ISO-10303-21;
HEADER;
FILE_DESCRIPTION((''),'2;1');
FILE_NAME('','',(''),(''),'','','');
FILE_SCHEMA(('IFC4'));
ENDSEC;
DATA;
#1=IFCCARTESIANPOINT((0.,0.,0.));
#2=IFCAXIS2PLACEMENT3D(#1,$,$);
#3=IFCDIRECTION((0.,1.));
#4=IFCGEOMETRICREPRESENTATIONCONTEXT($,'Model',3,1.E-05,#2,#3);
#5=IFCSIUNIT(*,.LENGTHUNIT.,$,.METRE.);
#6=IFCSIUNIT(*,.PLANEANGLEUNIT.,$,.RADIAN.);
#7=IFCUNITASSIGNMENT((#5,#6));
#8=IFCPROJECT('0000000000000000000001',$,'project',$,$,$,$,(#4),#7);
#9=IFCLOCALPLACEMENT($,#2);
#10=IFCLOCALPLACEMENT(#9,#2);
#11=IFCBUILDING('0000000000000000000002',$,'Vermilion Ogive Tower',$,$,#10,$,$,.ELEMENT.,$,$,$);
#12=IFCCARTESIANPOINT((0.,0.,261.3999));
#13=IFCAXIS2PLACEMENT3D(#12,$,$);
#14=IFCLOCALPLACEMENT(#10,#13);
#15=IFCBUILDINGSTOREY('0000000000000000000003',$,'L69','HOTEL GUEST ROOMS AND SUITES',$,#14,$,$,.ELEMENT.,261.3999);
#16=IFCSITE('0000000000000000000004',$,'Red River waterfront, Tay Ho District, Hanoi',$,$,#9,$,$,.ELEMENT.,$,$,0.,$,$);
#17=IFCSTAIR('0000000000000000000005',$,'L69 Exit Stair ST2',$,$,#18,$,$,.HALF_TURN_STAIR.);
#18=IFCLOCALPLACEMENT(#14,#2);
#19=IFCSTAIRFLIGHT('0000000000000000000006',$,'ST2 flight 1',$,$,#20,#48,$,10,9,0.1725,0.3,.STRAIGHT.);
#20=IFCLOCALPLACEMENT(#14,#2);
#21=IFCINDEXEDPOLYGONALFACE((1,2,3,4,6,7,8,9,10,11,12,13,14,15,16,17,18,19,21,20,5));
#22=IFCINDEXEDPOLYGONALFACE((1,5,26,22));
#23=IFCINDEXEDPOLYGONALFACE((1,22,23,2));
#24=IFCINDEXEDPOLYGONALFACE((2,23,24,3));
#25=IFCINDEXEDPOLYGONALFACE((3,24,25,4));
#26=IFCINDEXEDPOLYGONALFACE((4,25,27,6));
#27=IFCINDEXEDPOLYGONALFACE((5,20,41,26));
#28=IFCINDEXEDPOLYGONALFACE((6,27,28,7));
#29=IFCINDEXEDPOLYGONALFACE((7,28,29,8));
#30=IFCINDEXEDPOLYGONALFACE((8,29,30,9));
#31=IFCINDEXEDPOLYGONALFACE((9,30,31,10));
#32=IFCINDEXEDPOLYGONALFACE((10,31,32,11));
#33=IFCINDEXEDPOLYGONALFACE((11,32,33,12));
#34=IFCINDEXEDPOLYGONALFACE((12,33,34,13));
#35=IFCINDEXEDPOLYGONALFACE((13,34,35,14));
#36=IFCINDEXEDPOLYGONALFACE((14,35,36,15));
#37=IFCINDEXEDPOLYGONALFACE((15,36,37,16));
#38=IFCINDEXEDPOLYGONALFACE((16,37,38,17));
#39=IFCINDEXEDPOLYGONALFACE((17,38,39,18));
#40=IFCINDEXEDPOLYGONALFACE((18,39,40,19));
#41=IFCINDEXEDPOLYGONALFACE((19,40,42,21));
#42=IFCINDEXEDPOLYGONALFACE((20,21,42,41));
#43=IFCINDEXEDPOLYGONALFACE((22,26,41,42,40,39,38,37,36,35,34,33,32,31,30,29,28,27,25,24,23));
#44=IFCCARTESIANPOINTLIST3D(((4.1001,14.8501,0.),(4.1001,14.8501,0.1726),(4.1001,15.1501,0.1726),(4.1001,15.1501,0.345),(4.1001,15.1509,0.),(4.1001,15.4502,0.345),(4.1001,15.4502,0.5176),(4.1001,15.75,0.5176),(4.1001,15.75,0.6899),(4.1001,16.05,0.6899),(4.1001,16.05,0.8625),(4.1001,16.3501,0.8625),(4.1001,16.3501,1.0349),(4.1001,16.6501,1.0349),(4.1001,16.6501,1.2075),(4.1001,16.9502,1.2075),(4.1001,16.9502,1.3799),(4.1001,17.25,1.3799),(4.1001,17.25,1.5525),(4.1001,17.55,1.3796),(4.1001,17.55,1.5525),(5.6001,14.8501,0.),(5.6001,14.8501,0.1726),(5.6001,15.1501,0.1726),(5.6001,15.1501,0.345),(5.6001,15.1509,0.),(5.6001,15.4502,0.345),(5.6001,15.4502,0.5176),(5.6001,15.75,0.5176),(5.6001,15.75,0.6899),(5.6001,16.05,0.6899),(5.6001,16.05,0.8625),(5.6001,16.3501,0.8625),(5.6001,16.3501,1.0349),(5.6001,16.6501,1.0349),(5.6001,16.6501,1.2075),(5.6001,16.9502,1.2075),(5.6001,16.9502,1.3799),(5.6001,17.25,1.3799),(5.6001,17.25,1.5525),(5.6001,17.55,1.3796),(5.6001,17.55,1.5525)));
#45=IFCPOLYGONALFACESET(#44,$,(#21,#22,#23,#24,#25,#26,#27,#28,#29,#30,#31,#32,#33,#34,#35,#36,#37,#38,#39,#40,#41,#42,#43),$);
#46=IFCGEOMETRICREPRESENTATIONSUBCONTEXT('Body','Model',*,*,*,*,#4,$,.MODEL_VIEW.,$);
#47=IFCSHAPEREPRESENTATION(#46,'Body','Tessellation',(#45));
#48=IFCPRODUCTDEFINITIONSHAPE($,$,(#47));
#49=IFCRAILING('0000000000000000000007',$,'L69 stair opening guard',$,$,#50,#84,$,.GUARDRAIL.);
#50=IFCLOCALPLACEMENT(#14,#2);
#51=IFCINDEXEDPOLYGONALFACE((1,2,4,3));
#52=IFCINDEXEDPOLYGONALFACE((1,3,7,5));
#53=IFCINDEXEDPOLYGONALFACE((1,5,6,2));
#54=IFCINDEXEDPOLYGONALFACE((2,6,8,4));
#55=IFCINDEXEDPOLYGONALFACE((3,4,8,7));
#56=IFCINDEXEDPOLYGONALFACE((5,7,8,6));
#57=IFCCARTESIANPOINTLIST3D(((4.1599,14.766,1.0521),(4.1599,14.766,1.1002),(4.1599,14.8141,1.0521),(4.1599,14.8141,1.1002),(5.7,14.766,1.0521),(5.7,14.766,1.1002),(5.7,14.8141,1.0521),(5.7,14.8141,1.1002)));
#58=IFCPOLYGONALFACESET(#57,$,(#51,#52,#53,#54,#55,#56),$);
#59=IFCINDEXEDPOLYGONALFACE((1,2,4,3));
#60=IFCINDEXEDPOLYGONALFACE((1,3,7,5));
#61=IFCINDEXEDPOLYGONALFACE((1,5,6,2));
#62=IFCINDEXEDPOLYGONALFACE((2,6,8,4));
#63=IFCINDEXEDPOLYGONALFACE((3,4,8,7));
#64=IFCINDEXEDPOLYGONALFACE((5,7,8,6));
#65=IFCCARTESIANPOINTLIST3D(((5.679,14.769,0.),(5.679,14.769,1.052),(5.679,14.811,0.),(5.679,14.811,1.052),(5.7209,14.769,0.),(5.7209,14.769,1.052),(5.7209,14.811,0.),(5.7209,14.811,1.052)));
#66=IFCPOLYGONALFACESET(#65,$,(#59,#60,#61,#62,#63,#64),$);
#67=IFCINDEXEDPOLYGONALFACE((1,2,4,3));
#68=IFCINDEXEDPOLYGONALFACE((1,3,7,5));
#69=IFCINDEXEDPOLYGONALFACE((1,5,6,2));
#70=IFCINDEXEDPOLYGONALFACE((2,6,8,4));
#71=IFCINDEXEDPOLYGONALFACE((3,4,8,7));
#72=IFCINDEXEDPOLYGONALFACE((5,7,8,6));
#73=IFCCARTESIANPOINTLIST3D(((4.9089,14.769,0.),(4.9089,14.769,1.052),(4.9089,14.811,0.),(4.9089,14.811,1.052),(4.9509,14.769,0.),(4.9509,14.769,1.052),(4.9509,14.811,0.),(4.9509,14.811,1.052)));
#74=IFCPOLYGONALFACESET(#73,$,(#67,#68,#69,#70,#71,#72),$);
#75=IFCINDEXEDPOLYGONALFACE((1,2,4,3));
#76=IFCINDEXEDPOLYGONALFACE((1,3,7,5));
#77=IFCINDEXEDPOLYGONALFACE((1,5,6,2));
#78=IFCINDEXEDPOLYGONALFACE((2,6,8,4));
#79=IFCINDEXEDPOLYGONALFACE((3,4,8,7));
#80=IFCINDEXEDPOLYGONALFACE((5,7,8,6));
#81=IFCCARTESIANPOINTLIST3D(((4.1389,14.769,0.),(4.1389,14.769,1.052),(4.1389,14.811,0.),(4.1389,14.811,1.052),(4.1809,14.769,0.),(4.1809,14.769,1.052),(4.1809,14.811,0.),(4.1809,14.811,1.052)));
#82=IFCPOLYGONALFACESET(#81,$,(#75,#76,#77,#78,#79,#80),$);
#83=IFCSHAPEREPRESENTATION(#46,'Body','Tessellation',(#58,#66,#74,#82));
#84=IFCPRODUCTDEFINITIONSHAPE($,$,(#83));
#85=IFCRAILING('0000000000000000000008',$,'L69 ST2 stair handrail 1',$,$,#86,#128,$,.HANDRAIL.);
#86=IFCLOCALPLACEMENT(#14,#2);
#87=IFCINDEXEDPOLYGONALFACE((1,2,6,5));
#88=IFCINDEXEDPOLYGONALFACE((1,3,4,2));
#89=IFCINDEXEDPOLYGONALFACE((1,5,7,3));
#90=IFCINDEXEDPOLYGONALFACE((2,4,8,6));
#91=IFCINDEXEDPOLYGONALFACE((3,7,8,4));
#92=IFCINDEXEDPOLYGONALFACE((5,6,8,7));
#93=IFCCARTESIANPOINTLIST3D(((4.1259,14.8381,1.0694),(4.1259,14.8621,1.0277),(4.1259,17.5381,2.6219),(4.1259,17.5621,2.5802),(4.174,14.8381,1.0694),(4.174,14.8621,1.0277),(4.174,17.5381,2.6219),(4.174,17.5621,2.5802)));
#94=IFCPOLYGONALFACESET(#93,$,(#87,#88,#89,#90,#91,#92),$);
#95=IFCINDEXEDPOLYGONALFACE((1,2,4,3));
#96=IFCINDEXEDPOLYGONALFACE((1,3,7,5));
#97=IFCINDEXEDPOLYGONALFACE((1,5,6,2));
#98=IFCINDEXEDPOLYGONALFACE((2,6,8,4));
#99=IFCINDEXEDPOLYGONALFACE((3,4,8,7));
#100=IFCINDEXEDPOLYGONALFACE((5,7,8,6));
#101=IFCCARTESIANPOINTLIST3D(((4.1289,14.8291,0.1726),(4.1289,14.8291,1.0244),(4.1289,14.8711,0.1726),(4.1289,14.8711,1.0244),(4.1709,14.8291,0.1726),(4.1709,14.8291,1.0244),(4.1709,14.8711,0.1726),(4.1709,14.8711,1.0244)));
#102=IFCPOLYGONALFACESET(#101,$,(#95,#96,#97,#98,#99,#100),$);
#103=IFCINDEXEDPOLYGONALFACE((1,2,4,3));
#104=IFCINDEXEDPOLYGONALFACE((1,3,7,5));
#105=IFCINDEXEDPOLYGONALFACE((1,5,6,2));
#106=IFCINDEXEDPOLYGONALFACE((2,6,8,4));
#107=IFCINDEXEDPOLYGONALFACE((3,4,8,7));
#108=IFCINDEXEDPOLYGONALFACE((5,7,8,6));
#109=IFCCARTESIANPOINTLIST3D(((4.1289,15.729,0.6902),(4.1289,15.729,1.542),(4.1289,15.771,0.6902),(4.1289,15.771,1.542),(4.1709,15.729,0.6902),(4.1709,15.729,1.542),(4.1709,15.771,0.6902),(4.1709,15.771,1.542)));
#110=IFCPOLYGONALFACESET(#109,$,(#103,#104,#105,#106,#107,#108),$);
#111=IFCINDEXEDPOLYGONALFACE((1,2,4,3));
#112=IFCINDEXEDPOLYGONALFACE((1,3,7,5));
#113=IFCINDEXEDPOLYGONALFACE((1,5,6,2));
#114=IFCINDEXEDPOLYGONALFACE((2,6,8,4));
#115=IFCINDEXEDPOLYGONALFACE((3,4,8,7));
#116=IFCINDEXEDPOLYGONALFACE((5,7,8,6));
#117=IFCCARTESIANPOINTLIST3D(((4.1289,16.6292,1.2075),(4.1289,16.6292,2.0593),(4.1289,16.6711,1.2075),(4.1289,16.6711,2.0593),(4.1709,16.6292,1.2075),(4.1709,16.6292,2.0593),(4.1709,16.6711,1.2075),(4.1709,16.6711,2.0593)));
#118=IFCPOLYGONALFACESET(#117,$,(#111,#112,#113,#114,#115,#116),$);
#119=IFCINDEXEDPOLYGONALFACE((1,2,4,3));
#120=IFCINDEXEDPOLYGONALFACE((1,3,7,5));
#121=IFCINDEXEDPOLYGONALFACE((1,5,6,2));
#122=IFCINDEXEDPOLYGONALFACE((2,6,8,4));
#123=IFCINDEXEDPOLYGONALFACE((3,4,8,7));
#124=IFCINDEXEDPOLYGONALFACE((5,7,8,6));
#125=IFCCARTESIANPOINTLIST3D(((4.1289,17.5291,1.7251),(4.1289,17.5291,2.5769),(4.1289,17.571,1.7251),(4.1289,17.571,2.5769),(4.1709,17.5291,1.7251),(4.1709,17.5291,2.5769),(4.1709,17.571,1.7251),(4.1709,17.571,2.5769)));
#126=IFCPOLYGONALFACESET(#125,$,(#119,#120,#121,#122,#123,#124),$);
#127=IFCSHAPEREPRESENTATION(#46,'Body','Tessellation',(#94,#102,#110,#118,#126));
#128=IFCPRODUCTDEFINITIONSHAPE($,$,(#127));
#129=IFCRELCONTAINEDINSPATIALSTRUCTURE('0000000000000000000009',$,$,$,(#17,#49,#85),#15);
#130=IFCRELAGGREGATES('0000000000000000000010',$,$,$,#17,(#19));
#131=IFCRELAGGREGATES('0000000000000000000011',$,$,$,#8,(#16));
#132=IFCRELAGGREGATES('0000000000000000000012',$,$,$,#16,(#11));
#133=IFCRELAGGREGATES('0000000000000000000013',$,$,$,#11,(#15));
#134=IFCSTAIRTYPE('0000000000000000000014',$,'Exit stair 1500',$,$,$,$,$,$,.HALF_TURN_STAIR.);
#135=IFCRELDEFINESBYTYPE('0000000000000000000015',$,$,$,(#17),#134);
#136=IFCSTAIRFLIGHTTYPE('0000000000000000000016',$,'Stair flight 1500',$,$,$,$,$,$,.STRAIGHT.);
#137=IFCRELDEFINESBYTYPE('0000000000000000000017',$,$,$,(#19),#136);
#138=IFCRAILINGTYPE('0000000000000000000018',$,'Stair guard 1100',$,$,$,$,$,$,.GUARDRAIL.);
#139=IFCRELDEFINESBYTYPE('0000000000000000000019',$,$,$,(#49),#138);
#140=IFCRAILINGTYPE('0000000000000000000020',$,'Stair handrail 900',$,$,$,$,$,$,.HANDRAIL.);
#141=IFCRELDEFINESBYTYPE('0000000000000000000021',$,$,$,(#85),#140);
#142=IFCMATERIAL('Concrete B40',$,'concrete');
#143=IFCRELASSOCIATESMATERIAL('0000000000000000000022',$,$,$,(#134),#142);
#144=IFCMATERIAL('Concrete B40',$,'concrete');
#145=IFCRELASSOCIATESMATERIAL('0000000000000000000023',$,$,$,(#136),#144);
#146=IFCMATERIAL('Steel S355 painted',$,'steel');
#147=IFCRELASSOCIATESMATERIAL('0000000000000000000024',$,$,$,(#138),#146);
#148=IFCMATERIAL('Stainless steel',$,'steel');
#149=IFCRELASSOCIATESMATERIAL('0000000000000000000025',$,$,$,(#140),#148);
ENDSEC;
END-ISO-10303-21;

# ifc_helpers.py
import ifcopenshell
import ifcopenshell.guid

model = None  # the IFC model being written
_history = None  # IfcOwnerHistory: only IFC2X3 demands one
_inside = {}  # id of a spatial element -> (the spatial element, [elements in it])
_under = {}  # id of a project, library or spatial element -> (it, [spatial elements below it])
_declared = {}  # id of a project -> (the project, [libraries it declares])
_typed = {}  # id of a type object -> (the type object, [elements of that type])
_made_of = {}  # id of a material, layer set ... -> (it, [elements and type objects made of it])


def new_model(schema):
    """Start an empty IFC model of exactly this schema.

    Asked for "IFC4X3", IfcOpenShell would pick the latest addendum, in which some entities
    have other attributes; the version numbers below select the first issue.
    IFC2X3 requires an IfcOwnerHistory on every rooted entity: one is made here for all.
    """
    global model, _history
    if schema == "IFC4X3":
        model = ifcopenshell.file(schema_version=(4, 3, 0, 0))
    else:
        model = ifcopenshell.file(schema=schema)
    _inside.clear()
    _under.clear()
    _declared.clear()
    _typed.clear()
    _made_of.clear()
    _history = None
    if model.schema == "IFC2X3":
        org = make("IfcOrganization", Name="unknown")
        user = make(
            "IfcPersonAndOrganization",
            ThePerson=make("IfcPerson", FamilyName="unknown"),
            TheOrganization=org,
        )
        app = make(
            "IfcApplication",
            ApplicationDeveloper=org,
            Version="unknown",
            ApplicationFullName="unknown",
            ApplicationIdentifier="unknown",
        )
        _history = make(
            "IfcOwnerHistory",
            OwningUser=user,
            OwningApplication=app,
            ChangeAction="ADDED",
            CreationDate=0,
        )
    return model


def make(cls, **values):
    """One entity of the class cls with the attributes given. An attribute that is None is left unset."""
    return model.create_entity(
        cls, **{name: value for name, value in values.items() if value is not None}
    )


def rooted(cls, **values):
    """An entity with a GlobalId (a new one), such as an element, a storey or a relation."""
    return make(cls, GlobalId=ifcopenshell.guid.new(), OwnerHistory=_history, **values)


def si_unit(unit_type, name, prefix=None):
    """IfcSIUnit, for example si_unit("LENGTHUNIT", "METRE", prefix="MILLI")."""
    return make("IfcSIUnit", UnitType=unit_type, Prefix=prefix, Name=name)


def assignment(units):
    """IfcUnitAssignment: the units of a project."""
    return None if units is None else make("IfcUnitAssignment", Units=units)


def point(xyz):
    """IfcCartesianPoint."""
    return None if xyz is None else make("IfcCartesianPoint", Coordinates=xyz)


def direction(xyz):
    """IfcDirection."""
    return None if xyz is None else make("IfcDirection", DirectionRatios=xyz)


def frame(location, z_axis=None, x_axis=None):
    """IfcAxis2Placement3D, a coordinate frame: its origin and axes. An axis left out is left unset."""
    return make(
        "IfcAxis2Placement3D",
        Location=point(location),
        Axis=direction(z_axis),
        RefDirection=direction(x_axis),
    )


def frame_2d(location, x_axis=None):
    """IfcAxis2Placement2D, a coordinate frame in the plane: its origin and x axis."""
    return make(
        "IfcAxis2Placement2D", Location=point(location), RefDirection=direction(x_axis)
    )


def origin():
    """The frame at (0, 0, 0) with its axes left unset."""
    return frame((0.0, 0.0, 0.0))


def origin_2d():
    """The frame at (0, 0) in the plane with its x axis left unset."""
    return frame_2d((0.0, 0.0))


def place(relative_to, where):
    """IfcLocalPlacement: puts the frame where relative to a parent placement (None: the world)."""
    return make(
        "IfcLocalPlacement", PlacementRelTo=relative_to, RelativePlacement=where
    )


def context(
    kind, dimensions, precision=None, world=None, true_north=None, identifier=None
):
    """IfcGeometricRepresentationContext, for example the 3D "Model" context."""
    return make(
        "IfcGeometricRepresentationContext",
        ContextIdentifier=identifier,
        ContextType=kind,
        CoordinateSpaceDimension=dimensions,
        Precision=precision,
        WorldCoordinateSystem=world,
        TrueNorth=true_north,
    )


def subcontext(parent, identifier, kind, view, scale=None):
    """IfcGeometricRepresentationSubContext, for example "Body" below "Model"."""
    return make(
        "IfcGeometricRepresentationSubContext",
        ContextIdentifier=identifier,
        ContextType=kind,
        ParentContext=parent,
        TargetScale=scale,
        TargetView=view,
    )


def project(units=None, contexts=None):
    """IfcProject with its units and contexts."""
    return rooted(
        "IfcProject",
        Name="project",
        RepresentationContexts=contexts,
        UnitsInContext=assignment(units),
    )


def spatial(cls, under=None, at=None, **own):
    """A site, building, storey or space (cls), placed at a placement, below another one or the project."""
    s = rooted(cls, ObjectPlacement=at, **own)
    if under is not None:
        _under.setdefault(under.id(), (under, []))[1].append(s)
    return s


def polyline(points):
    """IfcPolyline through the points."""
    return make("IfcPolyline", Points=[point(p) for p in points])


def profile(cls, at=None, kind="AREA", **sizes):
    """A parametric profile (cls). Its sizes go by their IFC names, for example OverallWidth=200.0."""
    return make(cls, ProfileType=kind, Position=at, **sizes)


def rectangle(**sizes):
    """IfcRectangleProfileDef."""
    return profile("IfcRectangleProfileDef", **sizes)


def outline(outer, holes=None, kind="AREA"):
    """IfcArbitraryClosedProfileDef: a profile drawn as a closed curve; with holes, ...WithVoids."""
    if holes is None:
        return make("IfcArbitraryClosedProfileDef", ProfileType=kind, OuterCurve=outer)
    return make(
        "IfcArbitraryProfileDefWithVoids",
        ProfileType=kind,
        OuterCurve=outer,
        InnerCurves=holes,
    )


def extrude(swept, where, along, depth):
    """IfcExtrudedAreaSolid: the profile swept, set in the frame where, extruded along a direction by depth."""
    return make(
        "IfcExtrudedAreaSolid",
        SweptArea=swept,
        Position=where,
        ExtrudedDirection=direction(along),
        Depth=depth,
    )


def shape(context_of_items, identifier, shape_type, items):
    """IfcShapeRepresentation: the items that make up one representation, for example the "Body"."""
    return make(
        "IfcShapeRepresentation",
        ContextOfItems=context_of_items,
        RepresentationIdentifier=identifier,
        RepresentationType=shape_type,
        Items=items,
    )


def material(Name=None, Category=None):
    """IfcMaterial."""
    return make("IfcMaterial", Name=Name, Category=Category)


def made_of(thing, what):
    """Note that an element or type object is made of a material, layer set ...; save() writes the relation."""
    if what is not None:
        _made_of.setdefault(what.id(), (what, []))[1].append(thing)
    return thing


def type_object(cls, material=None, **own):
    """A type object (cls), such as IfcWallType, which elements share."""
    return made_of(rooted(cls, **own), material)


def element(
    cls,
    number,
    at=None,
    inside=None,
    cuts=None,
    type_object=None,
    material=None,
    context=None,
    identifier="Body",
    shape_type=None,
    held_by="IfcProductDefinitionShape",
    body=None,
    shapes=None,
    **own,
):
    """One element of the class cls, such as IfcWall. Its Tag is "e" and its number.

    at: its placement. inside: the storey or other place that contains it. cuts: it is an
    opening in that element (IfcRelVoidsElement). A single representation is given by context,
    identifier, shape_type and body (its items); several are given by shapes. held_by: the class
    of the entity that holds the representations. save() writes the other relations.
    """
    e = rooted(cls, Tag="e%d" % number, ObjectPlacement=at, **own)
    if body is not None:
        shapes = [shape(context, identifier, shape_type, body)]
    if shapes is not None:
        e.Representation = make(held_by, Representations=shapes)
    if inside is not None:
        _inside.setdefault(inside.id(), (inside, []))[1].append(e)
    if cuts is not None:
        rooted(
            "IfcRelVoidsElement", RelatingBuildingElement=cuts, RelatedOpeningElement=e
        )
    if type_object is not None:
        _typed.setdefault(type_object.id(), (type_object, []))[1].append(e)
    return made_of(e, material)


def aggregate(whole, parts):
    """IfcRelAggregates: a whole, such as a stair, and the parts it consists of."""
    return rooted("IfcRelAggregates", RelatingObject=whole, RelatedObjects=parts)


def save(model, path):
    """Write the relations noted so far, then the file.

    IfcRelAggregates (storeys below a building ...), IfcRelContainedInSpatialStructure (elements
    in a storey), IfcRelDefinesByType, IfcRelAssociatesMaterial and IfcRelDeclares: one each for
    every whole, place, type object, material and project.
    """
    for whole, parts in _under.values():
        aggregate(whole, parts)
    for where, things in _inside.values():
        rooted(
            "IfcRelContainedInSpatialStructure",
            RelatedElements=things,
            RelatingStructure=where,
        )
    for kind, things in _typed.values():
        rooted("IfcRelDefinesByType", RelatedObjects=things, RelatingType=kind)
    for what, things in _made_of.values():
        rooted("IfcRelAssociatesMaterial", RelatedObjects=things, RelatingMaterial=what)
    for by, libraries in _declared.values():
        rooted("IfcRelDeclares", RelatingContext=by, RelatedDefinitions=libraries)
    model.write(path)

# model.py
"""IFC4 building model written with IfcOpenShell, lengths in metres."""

from ifc_helpers import new_model, si_unit, direction, frame, origin, origin_2d, place, context, subcontext, project, spatial, polyline, rectangle, outline, extrude, material, type_object, element, aggregate, save


model = new_model("IFC4")

# Units and contexts
model_context = context("Model", 3, precision=1e-05, world=origin(), true_north=direction((0.0, 1.0)))
body_context = subcontext(model_context, "Body", "Model", "MODEL_VIEW")
ifc_project = project(units=[si_unit("LENGTHUNIT", "METRE"), si_unit("PLANEANGLEUNIT", "RADIAN")], contexts=[model_context])

# Site, building, storey
site_placement = place(None, origin())
site = spatial("IfcSite", under=ifc_project, at=site_placement, Name="Red River waterfront, Tay Ho District, Hanoi", CompositionType="ELEMENT", RefElevation=0.0)
building_placement = place(site_placement, origin())
building = spatial("IfcBuilding", under=site, at=building_placement, Name="Vermilion Ogive Tower", CompositionType="ELEMENT")
storey_placement = place(building_placement, frame((0.0, 0.0, 261.3999)))
storey = spatial("IfcBuildingStorey", under=building, at=storey_placement, Name="L69", Description="HOTEL GUEST ROOMS AND SUITES", CompositionType="ELEMENT", Elevation=261.3999)

# Shared definitions
ifc_material_1 = material(Name="Concrete B40", Category="concrete")
stair_type = type_object("IfcStairType", Name="Exit stair 1500", PredefinedType="HALF_TURN_STAIR", material=ifc_material_1)

# Stair, stair flight
stair_1_placement = place(storey_placement, origin())
stair_1 = element("IfcStair", 1, at=stair_1_placement, inside=storey, type_object=stair_type, Name="L69 Exit Stair ST2", PredefinedType="HALF_TURN_STAIR")
ifc_material_2 = material(Name="Concrete B40", Category="concrete")
stair_flight_type = type_object("IfcStairFlightType", Name="Stair flight 1500", PredefinedType="STRAIGHT", material=ifc_material_2)
stair_flight_placement = place(storey_placement, frame((4.8501, 14.8501, 0.0), z_axis=(0.0, 0.0, 1.0), x_axis=(0.0, 1.0, 0.0)))
stair_flight = element("IfcStairFlight", 2, at=stair_flight_placement, type_object=stair_flight_type, Name="ST2 flight 1", NumberOfRisers=10, NumberOfTreads=9, PredefinedType="STRAIGHT", RiserHeight=0.1725, TreadLength=0.3, context=body_context, shape_type="SweptSolid", body=[
    extrude(outline(polyline([(0.0, 0.0), (0.0, 0.1726), (0.3, 0.1726), (0.3, 0.345), (0.6001, 0.345), (0.6001, 0.5176), (0.8999, 0.5176), (0.8999, 0.6899), (1.2, 0.6899), (1.2, 0.8625), (1.5, 0.8625), (1.5, 1.0349), (1.8, 1.0349), (1.8, 1.2075), (2.1001, 1.2075), (2.1001, 1.3799), (2.3999, 1.3799), (2.3999, 1.5525), (2.7, 1.5525), (2.7, 1.7251), (2.7, 1.3796), (0.3008, 0.0), (0.0, 0.0)])), frame((0.0, 0.75, 0.0), z_axis=(0.0, -1.0, 0.0), x_axis=(1.0, 0.0, 0.0)), (0.0, 0.0, 1.0), 1.5),
])
aggregate(stair_1, [stair_flight])

# Railings
ifc_material_3 = material(Name="Steel S355 painted", Category="steel")
railing_type_1 = type_object("IfcRailingType", Name="Stair guard 1100", PredefinedType="GUARDRAIL", material=ifc_material_3)
railing_1_placement = place(storey_placement, frame((5.7, 14.79, 0.0)))
element("IfcRailing", 3, at=railing_1_placement, inside=storey, type_object=railing_type_1, Name="L69 stair opening guard", PredefinedType="GUARDRAIL", context=body_context, shape_type="SweptSolid", body=[
    extrude(rectangle(XDim=0.0481, YDim=0.0481, at=origin_2d()), frame((0.0, 0.0, 1.0762), z_axis=(-1.0, 0.0, 0.0), x_axis=(0.0, -1.0, 0.0)), (0.0, 0.0, 1.0), 1.54),
    extrude(rectangle(XDim=0.042, YDim=0.042, at=origin_2d()), origin(), (0.0, 0.0, 1.0), 1.052),
    extrude(rectangle(XDim=0.042, YDim=0.042, at=origin_2d()), frame((-0.77, 0.0, 0.0)), (0.0, 0.0, 1.0), 1.052),
    extrude(rectangle(XDim=0.042, YDim=0.042, at=origin_2d()), frame((-1.54, 0.0, 0.0)), (0.0, 0.0, 1.0), 1.052),
])
ifc_material_4 = material(Name="Stainless steel", Category="steel")
railing_type_2 = type_object("IfcRailingType", Name="Stair handrail 900", PredefinedType="HANDRAIL", material=ifc_material_4)
railing_2_placement = place(storey_placement, frame((4.1499, 14.8501, 0.1726)))
element("IfcRailing", 4, at=railing_2_placement, inside=storey, type_object=railing_type_2, Name="L69 ST2 stair handrail 1", PredefinedType="HANDRAIL", context=body_context, shape_type="SweptSolid", body=[
    extrude(rectangle(XDim=0.0481, YDim=0.0481, at=origin_2d()), frame((0.0, 0.0, 0.876), z_axis=(0.0, 0.866904, 0.498476), x_axis=(-1.0, 0.0, 0.0)), (0.0, 0.0, 1.0), 3.1145),
    extrude(rectangle(XDim=0.042, YDim=0.042, at=origin_2d()), origin(), (0.0, 0.0, 1.0), 0.8518),
    extrude(rectangle(XDim=0.042, YDim=0.042, at=origin_2d()), frame((0.0, 0.8999, 0.5176)), (0.0, 0.0, 1.0), 0.8518),
    extrude(rectangle(XDim=0.042, YDim=0.042, at=origin_2d()), frame((0.0, 1.8, 1.0349)), (0.0, 0.0, 1.0), 0.8518),
    extrude(rectangle(XDim=0.042, YDim=0.042, at=origin_2d()), frame((0.0, 2.7, 1.5525)), (0.0, 0.0, 1.0), 0.8518),
])

save(model, "model.ifc")
